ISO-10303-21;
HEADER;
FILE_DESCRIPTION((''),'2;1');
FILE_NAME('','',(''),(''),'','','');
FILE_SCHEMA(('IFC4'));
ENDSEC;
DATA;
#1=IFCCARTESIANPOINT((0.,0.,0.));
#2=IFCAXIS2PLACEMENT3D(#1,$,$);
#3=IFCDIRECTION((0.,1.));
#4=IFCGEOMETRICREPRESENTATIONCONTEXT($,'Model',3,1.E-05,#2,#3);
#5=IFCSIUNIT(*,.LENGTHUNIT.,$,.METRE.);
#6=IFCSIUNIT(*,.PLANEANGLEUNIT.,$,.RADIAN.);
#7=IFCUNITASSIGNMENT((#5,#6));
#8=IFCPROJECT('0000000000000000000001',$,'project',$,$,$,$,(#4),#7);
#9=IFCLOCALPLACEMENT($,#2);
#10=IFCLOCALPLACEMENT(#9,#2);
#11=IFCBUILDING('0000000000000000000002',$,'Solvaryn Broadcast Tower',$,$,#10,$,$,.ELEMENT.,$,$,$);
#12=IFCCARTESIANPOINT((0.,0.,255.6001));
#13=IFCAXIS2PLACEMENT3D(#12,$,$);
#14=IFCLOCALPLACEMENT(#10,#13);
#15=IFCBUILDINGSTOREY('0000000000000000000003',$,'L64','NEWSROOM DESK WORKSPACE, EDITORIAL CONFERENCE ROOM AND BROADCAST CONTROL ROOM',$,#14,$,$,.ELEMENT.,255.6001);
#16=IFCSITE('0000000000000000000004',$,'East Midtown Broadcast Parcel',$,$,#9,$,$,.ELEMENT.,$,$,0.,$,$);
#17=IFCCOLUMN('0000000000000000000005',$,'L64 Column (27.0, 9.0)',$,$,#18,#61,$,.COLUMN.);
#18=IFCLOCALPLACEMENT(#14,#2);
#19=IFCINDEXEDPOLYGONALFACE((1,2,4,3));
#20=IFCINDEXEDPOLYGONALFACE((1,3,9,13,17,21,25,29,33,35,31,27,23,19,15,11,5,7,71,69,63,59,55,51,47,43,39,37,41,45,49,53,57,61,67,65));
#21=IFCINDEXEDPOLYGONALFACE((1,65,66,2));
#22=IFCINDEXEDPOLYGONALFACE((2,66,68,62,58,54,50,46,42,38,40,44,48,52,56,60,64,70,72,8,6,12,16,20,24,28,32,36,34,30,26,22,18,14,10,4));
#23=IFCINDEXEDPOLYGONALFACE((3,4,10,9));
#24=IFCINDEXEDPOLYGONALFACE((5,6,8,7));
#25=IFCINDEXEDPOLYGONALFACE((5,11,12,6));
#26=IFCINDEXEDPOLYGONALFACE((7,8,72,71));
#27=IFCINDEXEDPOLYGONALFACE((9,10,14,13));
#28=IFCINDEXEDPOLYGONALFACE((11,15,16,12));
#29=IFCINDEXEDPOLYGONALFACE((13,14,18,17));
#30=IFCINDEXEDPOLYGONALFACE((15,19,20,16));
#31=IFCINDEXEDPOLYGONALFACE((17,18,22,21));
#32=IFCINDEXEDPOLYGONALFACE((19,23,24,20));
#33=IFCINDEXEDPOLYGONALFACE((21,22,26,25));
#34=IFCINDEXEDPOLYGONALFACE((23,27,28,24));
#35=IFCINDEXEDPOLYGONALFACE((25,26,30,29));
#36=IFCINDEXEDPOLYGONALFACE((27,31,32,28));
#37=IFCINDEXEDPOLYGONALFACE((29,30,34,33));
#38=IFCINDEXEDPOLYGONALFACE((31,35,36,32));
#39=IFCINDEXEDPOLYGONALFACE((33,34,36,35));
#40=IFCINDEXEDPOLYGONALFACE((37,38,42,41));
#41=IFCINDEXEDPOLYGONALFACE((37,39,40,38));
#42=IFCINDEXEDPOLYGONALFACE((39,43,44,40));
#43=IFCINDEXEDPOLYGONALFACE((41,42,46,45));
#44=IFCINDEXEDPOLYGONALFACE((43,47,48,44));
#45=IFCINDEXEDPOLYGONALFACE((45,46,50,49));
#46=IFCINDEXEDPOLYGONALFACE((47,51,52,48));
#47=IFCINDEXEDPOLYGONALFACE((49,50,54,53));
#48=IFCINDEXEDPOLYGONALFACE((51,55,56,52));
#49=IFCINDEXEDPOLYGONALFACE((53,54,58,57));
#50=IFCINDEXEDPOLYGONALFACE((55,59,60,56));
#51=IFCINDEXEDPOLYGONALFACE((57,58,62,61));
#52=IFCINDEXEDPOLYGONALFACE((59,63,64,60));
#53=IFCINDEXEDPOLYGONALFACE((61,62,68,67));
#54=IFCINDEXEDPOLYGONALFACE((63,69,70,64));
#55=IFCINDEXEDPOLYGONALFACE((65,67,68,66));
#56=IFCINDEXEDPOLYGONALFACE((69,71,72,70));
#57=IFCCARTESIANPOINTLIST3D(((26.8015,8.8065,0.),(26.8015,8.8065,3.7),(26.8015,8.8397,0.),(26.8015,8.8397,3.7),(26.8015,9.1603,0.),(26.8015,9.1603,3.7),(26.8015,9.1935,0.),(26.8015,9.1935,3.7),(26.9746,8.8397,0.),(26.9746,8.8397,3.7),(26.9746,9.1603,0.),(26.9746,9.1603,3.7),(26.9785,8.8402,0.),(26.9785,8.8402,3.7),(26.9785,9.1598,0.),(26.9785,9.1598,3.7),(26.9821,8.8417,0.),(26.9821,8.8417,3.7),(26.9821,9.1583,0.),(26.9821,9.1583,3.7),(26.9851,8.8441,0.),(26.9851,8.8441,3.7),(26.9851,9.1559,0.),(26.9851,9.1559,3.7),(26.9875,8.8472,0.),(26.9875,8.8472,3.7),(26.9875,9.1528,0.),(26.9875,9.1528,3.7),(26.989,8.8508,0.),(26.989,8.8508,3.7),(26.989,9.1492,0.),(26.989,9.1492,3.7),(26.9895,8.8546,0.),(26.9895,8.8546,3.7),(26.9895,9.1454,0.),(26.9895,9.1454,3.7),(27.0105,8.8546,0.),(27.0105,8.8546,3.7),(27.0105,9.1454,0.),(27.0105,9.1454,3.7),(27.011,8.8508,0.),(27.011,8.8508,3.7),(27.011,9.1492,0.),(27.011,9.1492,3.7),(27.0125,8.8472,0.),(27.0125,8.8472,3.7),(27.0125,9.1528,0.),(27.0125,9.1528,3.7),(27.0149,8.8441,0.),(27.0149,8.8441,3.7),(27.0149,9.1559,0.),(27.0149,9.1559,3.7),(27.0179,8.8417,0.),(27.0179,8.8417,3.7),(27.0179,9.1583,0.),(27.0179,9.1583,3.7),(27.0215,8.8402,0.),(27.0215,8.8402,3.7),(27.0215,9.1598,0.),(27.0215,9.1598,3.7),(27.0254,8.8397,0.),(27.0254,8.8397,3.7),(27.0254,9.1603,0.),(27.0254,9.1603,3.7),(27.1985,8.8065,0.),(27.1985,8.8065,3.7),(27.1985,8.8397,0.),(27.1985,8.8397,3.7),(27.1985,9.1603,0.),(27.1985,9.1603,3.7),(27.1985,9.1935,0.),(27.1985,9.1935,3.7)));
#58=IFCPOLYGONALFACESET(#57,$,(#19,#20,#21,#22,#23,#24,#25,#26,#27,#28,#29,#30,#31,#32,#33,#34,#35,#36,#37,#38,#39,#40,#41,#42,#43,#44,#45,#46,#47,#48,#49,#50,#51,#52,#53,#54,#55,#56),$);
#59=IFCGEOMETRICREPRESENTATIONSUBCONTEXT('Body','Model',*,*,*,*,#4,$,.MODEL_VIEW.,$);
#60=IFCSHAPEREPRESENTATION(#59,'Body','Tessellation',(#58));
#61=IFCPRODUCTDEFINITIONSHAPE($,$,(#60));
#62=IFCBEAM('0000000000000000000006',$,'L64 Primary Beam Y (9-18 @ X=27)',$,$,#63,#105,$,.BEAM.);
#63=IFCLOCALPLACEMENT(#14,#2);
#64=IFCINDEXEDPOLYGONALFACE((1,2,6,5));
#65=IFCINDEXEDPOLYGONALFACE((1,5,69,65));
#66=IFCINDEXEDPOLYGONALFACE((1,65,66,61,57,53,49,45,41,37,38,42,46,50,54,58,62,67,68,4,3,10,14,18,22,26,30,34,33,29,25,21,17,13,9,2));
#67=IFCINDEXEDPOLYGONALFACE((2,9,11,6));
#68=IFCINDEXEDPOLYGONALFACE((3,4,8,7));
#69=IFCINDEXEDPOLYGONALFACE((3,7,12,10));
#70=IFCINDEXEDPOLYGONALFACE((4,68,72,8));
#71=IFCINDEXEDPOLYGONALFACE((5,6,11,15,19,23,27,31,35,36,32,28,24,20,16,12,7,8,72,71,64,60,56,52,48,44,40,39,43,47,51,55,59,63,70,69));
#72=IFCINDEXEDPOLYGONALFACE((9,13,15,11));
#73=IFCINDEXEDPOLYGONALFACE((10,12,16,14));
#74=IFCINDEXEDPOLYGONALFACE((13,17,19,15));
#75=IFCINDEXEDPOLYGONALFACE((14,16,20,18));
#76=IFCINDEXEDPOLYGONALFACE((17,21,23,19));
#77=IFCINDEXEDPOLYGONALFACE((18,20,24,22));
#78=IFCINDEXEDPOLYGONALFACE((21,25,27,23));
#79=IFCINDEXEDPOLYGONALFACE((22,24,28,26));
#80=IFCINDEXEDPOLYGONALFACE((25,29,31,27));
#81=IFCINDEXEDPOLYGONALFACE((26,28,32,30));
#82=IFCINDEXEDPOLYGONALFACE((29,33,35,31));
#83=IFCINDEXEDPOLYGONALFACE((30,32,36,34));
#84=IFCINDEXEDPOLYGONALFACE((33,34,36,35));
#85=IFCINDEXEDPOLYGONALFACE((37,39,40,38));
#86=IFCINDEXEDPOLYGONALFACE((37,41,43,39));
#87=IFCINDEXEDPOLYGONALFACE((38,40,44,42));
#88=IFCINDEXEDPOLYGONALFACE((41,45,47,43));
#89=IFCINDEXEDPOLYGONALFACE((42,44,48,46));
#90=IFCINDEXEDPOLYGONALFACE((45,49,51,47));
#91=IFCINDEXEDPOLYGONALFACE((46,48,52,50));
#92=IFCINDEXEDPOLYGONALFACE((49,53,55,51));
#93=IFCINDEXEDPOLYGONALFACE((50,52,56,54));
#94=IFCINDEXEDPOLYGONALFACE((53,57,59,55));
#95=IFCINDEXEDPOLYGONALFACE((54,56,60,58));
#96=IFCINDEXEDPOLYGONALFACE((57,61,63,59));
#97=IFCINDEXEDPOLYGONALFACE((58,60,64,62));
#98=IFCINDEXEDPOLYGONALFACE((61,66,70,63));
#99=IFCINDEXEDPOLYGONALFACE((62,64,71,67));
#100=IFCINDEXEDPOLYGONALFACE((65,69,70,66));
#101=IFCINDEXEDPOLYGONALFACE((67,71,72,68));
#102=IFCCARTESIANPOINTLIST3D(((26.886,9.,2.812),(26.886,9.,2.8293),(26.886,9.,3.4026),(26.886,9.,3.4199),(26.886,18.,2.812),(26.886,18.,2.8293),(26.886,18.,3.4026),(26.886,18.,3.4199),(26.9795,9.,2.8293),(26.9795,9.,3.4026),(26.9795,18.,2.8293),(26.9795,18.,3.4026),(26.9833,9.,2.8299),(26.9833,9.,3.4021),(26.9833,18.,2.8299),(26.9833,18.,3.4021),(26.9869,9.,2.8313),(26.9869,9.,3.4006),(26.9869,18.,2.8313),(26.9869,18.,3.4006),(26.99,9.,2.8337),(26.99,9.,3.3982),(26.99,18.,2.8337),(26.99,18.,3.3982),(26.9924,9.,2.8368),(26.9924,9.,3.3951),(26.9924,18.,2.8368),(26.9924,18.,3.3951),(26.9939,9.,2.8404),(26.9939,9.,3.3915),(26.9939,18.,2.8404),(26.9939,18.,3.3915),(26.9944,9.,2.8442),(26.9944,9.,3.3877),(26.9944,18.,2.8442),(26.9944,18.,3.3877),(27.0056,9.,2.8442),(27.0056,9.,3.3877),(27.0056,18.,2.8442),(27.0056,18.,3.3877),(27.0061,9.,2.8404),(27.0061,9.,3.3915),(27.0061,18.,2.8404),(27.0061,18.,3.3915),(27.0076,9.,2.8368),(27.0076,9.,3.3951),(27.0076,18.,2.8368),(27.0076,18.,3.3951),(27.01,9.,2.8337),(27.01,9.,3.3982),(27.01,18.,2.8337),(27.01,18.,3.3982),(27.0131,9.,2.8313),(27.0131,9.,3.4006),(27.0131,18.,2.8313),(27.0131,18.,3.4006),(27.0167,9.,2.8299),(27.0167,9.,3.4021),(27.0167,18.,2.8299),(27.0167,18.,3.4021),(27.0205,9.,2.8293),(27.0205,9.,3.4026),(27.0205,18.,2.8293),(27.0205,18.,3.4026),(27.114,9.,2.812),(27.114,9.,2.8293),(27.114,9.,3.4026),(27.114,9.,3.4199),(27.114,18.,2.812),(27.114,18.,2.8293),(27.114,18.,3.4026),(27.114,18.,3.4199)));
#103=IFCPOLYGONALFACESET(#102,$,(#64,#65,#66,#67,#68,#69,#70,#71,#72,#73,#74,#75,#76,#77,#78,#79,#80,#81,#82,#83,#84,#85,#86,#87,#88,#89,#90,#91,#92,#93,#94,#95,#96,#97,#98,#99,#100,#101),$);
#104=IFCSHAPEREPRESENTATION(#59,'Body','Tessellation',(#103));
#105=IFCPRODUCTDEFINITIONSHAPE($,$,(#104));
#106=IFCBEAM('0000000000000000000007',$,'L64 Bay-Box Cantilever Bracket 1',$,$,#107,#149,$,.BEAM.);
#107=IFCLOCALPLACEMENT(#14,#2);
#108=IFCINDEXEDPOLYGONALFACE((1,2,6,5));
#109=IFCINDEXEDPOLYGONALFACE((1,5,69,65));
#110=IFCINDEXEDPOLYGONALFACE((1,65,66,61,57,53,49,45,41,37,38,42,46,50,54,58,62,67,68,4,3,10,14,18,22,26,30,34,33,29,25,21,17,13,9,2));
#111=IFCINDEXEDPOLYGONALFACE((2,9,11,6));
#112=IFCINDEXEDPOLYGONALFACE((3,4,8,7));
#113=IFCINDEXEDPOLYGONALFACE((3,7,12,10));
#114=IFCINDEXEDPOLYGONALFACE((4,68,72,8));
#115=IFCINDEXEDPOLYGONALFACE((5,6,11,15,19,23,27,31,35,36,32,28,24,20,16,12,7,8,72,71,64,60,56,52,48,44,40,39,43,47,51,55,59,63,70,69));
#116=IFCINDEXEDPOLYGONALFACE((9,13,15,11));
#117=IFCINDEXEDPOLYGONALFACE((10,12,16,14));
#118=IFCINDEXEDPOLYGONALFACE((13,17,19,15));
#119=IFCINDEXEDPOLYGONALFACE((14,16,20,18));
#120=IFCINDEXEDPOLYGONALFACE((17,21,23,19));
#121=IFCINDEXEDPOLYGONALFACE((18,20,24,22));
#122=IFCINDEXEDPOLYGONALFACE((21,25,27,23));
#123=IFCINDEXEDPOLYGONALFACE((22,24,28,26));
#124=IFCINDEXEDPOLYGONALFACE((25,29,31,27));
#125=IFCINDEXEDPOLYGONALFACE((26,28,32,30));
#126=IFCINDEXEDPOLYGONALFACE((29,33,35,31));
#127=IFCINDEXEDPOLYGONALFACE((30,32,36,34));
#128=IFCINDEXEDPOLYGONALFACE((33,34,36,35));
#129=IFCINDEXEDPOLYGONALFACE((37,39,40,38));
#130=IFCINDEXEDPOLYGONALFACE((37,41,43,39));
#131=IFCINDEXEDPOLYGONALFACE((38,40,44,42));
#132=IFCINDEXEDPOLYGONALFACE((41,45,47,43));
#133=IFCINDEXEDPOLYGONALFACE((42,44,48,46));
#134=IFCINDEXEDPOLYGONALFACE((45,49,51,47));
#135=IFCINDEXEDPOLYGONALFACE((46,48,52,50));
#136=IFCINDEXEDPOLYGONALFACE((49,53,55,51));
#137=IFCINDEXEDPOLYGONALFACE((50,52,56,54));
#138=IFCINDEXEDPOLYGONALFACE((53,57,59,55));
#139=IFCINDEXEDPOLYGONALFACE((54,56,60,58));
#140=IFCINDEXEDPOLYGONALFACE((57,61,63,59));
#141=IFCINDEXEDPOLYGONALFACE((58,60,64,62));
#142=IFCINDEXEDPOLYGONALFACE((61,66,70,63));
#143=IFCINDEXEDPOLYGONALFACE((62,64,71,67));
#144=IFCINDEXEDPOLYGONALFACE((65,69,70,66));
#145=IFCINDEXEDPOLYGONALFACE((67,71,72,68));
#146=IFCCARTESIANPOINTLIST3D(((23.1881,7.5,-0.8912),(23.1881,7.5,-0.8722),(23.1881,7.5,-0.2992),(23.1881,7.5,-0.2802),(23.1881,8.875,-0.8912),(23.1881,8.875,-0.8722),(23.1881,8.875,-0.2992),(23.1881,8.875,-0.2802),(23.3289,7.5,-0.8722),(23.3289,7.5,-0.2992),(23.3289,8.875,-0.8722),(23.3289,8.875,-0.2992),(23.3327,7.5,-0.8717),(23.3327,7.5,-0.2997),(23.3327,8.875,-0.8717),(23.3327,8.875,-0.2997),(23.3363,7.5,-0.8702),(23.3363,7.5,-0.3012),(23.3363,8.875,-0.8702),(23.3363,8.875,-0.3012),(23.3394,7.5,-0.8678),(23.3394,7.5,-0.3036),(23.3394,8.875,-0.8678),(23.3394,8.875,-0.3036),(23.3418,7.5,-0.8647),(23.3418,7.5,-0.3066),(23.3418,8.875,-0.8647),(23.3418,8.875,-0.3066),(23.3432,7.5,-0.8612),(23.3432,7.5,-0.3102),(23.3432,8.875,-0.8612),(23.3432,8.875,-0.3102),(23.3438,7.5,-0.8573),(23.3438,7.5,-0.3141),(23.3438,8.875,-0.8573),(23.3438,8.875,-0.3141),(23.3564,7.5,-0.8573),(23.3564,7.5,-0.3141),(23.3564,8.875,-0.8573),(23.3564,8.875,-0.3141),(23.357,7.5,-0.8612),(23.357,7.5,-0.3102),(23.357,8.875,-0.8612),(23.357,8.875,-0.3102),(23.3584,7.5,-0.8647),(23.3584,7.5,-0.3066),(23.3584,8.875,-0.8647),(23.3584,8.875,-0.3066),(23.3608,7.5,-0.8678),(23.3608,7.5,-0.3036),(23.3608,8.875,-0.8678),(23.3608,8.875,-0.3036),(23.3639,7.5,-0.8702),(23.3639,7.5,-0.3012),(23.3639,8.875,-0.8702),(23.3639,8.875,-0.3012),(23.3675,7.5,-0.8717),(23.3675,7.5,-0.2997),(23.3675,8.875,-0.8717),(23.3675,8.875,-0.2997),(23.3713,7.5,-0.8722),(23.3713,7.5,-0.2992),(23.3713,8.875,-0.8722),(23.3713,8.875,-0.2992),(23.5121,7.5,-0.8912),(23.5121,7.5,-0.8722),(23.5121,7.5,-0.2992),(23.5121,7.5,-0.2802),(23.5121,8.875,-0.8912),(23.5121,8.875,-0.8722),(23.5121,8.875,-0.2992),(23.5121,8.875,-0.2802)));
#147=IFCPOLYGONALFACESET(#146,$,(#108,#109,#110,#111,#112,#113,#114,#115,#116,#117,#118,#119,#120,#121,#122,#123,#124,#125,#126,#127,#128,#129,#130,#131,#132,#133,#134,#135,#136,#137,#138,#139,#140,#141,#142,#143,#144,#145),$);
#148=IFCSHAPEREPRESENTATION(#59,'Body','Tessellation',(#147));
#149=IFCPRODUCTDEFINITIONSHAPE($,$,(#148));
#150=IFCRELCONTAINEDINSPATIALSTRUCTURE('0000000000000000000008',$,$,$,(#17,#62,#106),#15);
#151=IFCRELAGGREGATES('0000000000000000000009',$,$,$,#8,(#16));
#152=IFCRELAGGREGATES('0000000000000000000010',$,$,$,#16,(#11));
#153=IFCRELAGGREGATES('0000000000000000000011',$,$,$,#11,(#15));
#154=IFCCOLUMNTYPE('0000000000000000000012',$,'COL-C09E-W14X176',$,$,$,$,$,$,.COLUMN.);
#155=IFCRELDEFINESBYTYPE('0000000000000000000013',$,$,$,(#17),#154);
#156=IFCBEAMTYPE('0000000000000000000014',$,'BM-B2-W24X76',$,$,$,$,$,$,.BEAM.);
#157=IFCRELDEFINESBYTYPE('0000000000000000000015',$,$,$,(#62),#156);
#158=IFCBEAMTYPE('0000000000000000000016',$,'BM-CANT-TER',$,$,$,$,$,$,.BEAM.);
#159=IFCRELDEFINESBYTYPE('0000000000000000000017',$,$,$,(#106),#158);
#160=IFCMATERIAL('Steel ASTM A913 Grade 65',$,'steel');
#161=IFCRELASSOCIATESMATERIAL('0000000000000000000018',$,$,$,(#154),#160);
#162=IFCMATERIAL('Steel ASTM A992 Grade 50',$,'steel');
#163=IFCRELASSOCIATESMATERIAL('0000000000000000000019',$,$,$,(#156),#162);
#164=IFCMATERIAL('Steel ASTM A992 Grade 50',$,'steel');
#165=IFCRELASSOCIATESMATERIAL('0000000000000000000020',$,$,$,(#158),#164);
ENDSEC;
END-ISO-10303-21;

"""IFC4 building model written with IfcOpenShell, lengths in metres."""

from ifc_helpers import new_model, si_unit, direction, frame, origin, origin_2d, place, context, subcontext, project, spatial, i_section, extrude, material, material_profile, profile_set, type_object, element, save


model = new_model("IFC4")

# Units and contexts
model_context = context("Model", 3, precision=1e-05, world=origin(), true_north=direction((0.0, 1.0)))
body_context = subcontext(model_context, "Body", "Model", "MODEL_VIEW")
ifc_project = project(units=[si_unit("LENGTHUNIT", "METRE"), si_unit("PLANEANGLEUNIT", "RADIAN")], contexts=[model_context])

# Site, building, storey
site_placement = place(None, origin())
site = spatial("IfcSite", under=ifc_project, at=site_placement, Name="East Midtown Broadcast Parcel", CompositionType="ELEMENT", RefElevation=0.0)
building_placement = place(site_placement, origin())
building = spatial("IfcBuilding", under=site, at=building_placement, Name="Solvaryn Broadcast Tower", CompositionType="ELEMENT")
storey_placement = place(building_placement, frame((0.0, 0.0, 255.6001)))
storey = spatial("IfcBuildingStorey", under=building, at=storey_placement, Name="L64", Description="NEWSROOM DESK WORKSPACE, EDITORIAL CONFERENCE ROOM AND BROADCAST CONTROL ROOM", CompositionType="ELEMENT", Elevation=255.6001)

# Column
ifc_material_1 = material(Name="Steel ASTM A913 Grade 65", Category="steel")
ifc_material_profile_1 = material_profile(ifc_material_1, i_section(OverallWidth=0.397, OverallDepth=0.387, WebThickness=0.021, FlangeThickness=0.0332, FilletRadius=0.0149, at=origin_2d()))
ifc_profile_set_1 = profile_set([ifc_material_profile_1], Name="Steel ASTM A913 Grade 65")
column_type = type_object("IfcColumnType", Name="COL-C09E-W14X176", PredefinedType="COLUMN", material=ifc_profile_set_1)
column_placement = place(storey_placement, frame((27.0, 9.0, 0.0), z_axis=(0.0, 0.0, 1.0), x_axis=(1.0, 0.0, 0.0)))
element("IfcColumn", 1, at=column_placement, inside=storey, type_object=column_type, Name="L64 Column (27.0, 9.0)", PredefinedType="COLUMN", context=body_context, shape_type="SweptSolid", body=[
    extrude(i_section(OverallWidth=0.397, OverallDepth=0.387, WebThickness=0.021, FlangeThickness=0.0332, FilletRadius=0.0149, at=origin_2d()), origin(), (0.0, 0.0, 1.0), 3.7),
])

# Beams
ifc_material_2 = material(Name="Steel ASTM A992 Grade 50", Category="steel")
ifc_material_profile_2 = material_profile(ifc_material_2, i_section(OverallWidth=0.228, OverallDepth=0.6079, WebThickness=0.0112, FlangeThickness=0.0173, FilletRadius=0.0149, at=origin_2d()))
ifc_profile_set_2 = profile_set([ifc_material_profile_2], Name="Steel ASTM A992 Grade 50")
beam_type_1 = type_object("IfcBeamType", Name="BM-B2-W24X76", PredefinedType="BEAM", material=ifc_profile_set_2)
beam_1_placement = place(storey_placement, frame((27.0, 9.0, 3.116), z_axis=(0.0, 1.0, 0.0), x_axis=(-1.0, 0.0, 0.0)))
element("IfcBeam", 2, at=beam_1_placement, inside=storey, type_object=beam_type_1, Name="L64 Primary Beam Y (9-18 @ X=27)", PredefinedType="BEAM", context=body_context, shape_type="SweptSolid", body=[
    extrude(i_section(OverallWidth=0.228, OverallDepth=0.6079, WebThickness=0.0112, FlangeThickness=0.0173, FilletRadius=0.0149, at=origin_2d()), origin(), (0.0, 0.0, 1.0), 9.0),
])
ifc_material_3 = material(Name="Steel ASTM A992 Grade 50", Category="steel")
ifc_material_profile_3 = material_profile(ifc_material_3, i_section(OverallWidth=0.324, OverallDepth=0.6111, WebThickness=0.0127, FlangeThickness=0.019, FilletRadius=0.0149, at=origin_2d()))
ifc_profile_set_3 = profile_set([ifc_material_profile_3], Name="Steel ASTM A992 Grade 50")
beam_type_2 = type_object("IfcBeamType", Name="BM-CANT-TER", PredefinedType="BEAM", material=ifc_profile_set_3)
beam_2_placement = place(storey_placement, frame((23.3501, 8.875, -0.5857), z_axis=(0.0, -1.0, 0.0), x_axis=(1.0, 0.0, 0.0)))
element("IfcBeam", 3, at=beam_2_placement, inside=storey, type_object=beam_type_2, Name="L64 Bay-Box Cantilever Bracket 1", PredefinedType="BEAM", context=body_context, shape_type="SweptSolid", body=[
    extrude(i_section(OverallWidth=0.324, OverallDepth=0.6111, WebThickness=0.0127, FlangeThickness=0.019, FilletRadius=0.0149, at=origin_2d()), origin(), (0.0, 0.0, 1.0), 1.375),
])

save(model, "model.ifc")
